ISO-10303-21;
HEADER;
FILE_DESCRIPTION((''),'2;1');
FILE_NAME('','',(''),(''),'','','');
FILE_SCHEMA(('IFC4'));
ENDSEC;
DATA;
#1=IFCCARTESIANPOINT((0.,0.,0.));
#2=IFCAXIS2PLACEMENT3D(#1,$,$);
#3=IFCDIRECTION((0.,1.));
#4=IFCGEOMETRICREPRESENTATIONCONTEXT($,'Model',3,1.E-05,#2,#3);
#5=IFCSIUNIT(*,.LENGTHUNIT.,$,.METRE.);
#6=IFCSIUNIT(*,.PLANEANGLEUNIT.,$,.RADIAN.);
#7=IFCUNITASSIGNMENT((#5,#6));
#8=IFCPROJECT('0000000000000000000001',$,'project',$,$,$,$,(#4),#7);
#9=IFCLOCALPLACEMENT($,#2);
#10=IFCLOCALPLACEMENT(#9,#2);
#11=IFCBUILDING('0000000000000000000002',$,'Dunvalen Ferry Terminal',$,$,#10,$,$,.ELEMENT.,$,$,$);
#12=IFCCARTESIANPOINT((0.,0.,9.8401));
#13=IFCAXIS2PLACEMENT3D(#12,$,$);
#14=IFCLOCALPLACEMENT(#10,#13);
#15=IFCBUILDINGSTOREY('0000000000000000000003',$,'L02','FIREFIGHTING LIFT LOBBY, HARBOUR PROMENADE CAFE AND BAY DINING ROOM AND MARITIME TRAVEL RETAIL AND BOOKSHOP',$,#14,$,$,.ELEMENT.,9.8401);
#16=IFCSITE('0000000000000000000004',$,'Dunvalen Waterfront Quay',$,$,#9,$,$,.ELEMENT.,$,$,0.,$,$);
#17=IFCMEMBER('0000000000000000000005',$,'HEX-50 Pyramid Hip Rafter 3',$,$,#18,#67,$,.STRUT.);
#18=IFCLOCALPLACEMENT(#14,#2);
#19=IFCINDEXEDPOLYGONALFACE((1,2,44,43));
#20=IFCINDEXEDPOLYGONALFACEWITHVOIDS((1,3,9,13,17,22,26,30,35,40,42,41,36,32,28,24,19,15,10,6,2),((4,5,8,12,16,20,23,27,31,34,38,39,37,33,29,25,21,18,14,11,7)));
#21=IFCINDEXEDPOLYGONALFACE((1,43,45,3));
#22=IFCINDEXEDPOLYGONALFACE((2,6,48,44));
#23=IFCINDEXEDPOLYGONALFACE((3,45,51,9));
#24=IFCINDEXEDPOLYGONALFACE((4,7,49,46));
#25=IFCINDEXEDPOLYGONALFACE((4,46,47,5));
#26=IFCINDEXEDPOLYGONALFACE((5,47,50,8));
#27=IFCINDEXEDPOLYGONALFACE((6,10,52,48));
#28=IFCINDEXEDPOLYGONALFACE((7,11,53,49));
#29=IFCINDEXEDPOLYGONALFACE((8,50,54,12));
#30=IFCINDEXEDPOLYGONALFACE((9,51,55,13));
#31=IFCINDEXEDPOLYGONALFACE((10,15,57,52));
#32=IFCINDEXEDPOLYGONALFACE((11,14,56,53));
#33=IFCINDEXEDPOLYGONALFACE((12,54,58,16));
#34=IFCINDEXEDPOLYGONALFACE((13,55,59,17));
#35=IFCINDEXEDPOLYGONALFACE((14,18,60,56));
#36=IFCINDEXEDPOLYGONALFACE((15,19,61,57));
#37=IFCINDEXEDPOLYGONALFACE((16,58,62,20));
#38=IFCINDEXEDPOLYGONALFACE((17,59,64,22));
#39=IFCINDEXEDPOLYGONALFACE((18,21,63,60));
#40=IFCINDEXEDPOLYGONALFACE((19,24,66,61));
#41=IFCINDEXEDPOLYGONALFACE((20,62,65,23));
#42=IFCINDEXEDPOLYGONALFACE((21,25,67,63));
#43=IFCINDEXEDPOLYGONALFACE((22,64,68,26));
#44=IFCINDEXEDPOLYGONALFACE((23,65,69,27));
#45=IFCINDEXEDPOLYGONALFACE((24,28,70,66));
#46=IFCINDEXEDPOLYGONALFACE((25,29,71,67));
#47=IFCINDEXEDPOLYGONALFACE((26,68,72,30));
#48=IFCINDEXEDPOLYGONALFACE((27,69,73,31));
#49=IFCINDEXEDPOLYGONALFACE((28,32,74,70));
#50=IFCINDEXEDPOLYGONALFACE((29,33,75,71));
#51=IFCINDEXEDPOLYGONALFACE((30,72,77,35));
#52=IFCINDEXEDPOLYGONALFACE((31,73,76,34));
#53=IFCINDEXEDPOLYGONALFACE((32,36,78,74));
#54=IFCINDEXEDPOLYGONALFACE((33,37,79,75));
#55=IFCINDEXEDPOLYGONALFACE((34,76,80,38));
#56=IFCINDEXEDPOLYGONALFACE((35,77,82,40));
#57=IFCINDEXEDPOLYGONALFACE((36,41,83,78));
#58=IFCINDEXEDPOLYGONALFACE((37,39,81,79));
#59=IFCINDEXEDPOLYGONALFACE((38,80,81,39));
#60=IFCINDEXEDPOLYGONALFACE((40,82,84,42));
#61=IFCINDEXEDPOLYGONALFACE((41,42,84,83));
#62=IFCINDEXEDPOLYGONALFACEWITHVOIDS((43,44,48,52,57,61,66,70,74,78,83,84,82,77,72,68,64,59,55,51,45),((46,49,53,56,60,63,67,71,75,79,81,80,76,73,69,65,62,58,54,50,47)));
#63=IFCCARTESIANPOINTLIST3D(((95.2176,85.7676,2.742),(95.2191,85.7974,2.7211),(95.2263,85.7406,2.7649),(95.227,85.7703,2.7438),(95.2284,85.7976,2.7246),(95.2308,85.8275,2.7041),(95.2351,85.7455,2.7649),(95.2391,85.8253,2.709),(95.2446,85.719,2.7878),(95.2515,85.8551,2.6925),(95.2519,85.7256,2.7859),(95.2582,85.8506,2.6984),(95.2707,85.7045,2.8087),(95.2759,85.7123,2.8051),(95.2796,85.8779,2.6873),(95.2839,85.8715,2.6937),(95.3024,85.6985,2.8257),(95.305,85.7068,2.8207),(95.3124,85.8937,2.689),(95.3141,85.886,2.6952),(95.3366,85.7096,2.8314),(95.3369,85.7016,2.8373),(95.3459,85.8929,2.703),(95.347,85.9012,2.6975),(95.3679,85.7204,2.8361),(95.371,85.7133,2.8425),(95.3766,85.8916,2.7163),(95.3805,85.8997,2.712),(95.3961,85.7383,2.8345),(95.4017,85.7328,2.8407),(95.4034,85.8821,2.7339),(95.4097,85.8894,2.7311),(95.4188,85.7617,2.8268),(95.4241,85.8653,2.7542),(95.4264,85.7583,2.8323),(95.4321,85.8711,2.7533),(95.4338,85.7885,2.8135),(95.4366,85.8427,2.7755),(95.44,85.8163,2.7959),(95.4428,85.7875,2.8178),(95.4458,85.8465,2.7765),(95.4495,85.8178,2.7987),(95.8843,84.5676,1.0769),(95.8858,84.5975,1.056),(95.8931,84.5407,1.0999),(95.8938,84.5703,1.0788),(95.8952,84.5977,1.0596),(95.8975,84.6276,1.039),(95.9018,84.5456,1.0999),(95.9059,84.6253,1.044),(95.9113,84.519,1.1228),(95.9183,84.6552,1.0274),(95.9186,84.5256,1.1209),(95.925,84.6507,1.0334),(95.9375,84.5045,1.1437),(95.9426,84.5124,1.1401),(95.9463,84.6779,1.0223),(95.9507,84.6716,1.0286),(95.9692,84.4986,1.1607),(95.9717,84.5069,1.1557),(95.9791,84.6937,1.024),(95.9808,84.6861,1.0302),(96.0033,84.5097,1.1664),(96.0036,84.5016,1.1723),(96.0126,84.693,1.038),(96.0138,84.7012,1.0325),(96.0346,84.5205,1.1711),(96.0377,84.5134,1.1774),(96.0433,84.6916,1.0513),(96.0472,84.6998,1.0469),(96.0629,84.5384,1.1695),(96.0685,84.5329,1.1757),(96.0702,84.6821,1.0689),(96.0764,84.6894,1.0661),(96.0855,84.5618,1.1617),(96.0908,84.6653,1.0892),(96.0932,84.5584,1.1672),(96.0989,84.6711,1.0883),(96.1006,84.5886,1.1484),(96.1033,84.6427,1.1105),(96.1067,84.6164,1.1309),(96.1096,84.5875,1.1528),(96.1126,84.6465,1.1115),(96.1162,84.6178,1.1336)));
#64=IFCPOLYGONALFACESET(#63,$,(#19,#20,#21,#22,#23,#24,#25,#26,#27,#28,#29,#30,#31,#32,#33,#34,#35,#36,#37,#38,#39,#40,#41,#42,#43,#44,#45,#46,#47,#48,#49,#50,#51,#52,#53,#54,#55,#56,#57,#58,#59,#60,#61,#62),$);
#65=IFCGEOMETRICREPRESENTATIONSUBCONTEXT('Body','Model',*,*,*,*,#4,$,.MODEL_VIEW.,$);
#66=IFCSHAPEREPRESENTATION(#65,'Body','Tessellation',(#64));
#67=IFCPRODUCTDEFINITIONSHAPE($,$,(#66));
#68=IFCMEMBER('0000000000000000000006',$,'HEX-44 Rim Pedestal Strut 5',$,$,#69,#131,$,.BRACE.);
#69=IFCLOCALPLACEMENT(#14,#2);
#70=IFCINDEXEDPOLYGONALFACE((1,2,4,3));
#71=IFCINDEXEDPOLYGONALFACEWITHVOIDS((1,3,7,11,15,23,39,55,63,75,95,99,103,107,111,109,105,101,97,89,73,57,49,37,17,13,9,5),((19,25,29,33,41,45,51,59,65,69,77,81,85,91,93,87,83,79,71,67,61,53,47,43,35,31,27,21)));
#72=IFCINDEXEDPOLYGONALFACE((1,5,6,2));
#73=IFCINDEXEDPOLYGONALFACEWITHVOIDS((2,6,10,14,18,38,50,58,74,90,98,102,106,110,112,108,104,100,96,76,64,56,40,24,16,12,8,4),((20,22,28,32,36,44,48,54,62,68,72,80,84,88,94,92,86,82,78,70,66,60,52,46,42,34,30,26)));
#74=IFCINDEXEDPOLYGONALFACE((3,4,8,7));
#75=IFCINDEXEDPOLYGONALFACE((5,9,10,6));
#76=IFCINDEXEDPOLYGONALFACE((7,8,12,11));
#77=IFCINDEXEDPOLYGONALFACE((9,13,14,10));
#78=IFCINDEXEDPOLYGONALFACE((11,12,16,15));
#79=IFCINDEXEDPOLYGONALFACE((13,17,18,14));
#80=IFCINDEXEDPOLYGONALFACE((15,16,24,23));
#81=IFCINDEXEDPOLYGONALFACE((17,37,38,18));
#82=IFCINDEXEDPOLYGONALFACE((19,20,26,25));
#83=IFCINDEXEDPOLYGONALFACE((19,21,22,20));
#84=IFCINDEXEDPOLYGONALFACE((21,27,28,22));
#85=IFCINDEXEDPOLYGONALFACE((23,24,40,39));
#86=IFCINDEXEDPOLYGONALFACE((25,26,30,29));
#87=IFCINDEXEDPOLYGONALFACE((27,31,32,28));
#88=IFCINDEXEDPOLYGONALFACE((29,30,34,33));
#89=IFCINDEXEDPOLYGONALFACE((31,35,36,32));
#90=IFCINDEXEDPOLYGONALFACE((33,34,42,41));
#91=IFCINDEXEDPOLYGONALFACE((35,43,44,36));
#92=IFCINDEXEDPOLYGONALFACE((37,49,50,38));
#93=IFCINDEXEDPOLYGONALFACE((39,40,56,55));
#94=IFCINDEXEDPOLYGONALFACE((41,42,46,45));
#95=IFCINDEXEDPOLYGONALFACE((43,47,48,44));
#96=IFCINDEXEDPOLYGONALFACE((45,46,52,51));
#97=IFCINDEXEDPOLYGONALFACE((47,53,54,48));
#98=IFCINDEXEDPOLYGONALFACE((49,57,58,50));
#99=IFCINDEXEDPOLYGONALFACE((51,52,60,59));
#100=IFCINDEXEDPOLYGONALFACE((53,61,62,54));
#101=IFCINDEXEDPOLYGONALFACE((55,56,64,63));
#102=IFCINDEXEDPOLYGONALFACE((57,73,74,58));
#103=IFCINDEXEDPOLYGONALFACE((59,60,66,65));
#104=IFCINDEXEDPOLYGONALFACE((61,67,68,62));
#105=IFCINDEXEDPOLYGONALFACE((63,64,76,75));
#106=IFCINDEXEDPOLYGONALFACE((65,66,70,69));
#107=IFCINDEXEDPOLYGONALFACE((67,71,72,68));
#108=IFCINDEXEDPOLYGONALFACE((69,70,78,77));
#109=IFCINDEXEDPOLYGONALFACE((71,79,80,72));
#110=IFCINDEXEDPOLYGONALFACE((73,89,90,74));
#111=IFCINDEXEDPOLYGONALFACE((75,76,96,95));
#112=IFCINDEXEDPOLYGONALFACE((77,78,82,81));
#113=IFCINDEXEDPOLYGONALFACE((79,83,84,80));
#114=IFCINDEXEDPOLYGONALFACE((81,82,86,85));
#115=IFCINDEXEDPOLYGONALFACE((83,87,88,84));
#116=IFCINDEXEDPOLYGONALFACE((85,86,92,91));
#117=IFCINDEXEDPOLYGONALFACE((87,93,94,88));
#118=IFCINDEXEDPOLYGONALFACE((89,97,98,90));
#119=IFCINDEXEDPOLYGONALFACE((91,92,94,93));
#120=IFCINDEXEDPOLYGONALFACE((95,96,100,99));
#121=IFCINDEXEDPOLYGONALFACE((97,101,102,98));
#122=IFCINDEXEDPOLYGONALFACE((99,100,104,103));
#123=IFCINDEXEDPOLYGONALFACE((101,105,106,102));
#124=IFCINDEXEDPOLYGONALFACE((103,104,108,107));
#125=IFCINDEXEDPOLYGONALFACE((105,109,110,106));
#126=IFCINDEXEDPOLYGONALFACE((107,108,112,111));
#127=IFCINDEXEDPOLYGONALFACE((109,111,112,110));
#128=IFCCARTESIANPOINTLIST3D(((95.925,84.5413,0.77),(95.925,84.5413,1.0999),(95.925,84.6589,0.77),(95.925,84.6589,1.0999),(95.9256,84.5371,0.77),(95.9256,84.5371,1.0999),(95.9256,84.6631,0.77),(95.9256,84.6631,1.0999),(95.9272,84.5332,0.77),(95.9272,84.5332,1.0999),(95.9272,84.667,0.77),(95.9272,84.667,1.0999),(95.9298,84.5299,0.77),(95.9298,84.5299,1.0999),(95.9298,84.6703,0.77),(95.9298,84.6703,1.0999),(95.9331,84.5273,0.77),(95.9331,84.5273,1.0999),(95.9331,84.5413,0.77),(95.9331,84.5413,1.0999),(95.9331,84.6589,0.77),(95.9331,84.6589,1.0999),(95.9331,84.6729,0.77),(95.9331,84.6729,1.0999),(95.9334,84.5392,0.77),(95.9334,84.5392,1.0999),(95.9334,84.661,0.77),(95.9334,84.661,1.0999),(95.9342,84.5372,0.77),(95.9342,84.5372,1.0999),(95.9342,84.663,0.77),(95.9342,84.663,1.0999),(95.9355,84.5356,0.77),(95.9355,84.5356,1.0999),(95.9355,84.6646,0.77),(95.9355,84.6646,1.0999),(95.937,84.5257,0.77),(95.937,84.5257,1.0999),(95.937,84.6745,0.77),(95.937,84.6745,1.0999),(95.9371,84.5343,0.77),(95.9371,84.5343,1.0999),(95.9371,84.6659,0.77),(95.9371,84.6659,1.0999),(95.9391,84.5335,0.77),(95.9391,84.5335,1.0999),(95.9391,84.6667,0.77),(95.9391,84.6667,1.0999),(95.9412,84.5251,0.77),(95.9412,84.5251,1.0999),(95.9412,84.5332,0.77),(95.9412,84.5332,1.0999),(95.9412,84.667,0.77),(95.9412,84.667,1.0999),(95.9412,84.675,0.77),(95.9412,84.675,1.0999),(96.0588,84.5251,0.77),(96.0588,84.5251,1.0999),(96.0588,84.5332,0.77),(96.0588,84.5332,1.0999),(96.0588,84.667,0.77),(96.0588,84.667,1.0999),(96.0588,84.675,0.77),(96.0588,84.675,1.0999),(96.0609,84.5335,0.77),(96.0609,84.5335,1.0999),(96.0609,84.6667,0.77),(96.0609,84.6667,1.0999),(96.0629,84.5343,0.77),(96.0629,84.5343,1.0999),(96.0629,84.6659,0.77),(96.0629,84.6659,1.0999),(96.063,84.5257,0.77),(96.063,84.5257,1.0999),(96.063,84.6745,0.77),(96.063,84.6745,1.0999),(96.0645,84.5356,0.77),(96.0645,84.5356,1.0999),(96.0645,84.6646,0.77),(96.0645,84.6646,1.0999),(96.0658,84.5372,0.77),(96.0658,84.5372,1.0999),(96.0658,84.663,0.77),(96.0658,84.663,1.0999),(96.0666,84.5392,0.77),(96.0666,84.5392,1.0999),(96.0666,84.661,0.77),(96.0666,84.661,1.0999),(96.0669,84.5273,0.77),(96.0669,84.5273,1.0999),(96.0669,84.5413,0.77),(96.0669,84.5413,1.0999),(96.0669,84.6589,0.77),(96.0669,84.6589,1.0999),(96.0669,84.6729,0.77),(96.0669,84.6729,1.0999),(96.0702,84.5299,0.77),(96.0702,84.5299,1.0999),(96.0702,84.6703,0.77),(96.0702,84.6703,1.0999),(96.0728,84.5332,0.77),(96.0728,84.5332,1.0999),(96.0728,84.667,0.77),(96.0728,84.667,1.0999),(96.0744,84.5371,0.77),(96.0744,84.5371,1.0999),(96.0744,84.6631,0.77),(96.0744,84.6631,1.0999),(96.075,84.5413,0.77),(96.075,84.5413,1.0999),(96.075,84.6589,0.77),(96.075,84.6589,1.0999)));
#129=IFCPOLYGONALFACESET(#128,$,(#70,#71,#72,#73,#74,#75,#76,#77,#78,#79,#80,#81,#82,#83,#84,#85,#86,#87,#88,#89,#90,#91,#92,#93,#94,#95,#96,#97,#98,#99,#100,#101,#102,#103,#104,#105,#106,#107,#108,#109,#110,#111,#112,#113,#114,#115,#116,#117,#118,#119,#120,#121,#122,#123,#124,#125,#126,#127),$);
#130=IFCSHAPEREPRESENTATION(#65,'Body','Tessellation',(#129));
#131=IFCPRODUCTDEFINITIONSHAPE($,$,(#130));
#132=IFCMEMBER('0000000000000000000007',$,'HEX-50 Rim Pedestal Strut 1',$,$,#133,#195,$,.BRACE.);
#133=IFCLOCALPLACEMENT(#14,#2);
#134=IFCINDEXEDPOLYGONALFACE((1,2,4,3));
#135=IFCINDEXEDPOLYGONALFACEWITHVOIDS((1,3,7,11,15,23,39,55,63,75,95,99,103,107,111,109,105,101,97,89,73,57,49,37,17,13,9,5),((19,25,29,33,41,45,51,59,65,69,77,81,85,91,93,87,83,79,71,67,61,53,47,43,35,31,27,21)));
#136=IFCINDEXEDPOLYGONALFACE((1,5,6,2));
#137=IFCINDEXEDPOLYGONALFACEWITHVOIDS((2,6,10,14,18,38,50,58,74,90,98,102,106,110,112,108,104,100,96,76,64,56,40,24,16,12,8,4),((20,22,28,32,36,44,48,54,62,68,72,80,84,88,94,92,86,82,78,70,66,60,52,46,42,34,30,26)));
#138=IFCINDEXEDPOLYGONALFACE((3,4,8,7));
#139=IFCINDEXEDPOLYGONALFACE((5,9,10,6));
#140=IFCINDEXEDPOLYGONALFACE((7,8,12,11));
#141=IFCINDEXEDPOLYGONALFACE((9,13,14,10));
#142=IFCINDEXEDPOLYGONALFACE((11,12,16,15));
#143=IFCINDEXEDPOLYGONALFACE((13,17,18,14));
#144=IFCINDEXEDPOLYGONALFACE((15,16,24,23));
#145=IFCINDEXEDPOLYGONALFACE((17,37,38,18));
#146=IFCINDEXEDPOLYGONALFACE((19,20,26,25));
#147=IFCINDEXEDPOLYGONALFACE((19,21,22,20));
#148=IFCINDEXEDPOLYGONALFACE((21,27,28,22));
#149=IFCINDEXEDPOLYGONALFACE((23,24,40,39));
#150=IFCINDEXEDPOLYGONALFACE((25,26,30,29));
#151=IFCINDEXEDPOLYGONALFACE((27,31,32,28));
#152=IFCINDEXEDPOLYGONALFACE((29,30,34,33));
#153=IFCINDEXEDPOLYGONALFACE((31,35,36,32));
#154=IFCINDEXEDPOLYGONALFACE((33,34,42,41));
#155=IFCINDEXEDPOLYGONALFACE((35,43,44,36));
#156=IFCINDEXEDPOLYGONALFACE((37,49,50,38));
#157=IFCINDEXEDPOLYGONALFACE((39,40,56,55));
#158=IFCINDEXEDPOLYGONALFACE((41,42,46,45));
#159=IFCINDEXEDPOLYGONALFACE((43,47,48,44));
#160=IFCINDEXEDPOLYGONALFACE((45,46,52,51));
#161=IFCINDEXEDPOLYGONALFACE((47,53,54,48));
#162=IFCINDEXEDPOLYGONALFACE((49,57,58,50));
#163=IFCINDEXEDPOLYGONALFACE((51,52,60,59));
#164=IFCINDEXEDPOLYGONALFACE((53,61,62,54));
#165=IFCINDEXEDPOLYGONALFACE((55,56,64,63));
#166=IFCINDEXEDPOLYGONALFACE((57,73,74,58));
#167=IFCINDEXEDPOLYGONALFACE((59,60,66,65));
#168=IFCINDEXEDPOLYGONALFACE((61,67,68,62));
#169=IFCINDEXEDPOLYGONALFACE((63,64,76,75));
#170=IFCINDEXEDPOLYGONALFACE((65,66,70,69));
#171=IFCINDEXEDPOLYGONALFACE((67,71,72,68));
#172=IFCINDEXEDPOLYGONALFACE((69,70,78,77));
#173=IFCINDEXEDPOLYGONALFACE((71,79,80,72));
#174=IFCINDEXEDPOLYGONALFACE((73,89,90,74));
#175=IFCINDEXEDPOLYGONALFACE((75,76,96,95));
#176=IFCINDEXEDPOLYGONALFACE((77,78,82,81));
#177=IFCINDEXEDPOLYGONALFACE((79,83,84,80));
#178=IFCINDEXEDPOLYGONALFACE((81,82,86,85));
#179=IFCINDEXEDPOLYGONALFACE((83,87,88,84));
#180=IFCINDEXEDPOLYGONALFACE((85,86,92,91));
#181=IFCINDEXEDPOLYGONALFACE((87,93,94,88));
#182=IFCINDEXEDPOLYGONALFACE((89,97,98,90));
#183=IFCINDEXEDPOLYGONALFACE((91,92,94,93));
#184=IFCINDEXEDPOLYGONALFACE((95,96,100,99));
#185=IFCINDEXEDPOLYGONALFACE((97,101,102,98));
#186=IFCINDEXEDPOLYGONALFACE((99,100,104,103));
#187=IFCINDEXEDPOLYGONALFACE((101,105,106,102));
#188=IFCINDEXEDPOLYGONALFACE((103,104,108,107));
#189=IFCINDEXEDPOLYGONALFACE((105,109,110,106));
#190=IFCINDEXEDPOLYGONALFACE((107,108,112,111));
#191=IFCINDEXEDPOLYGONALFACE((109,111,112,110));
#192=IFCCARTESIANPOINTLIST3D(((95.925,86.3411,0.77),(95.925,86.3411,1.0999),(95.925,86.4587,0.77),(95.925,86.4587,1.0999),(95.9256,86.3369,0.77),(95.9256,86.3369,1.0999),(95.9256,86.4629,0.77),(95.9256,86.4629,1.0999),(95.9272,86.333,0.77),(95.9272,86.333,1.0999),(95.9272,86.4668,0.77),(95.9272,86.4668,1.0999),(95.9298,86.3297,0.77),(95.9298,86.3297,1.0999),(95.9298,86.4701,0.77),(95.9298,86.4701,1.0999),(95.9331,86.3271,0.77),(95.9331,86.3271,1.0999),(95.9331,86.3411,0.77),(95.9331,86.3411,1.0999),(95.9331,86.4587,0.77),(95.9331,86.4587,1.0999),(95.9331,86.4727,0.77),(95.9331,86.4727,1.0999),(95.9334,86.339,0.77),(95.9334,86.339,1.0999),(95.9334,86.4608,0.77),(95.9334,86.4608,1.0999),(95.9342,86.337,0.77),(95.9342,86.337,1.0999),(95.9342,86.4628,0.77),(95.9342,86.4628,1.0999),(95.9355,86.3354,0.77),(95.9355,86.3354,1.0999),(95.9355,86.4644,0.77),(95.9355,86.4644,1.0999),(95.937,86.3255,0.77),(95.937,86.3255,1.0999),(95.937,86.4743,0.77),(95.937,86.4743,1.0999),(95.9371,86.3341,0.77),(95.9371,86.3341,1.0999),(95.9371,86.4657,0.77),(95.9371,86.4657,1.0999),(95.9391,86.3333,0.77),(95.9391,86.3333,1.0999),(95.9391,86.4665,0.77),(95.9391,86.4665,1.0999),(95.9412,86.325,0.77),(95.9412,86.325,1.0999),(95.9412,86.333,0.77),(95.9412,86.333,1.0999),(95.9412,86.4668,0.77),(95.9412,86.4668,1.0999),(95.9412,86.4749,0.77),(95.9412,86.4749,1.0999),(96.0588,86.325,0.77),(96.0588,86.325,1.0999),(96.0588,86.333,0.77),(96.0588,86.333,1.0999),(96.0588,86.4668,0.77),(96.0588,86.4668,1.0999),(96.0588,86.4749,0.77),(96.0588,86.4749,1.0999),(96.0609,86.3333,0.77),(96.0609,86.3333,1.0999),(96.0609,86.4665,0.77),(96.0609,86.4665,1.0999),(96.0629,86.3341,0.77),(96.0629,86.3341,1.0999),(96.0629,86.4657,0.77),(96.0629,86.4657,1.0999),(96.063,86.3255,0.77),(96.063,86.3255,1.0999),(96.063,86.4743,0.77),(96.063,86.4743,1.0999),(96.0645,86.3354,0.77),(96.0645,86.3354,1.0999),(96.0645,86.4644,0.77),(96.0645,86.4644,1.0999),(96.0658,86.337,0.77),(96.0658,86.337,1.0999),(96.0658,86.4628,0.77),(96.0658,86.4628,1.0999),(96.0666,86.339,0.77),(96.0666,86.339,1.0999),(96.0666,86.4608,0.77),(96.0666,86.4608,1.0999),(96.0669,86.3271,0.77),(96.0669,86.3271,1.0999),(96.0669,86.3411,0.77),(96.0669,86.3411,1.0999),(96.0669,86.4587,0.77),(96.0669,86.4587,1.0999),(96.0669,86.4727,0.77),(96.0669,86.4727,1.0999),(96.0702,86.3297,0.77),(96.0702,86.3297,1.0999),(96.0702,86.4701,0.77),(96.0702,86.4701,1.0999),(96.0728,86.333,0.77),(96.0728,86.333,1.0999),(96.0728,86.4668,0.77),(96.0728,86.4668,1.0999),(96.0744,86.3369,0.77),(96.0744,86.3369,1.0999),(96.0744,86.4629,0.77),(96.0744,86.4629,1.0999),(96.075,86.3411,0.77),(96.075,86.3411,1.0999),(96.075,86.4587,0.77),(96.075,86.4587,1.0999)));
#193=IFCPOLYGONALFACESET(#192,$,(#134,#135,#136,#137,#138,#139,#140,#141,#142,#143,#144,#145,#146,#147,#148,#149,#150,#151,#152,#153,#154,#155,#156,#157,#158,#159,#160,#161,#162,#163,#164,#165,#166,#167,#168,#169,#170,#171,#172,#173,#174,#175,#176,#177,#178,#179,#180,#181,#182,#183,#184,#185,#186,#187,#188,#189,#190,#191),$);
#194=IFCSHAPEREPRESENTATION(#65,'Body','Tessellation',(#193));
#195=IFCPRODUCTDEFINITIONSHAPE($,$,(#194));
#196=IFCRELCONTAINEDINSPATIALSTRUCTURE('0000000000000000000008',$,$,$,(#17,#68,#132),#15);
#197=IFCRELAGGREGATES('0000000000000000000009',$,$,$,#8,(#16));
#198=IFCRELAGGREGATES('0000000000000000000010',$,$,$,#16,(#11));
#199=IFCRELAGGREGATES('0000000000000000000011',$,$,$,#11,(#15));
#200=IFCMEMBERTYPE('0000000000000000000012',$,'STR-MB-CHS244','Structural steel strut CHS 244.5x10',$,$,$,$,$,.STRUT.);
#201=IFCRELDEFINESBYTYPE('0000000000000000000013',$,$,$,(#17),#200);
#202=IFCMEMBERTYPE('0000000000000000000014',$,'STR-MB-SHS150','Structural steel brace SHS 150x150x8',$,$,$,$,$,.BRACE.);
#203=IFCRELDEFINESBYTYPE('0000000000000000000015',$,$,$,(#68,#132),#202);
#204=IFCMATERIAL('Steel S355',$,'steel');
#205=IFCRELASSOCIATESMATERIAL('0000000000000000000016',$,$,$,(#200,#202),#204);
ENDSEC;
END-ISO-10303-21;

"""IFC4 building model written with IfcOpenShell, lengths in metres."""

from ifc_helpers import new_model, si_unit, direction, frame, origin, origin_2d, place, context, subcontext, project, spatial, hollow_rectangle, hollow_circle, extrude, material, material_profile, profile_set, type_object, element, save


model = new_model("IFC4")

# Units and contexts
model_context = context("Model", 3, precision=1e-05, world=origin(), true_north=direction((0.0, 1.0)))
body_context = subcontext(model_context, "Body", "Model", "MODEL_VIEW")
ifc_project = project(units=[si_unit("LENGTHUNIT", "METRE"), si_unit("PLANEANGLEUNIT", "RADIAN")], contexts=[model_context])

# Site, building, storey
site_placement = place(None, origin())
site = spatial("IfcSite", under=ifc_project, at=site_placement, Name="Dunvalen Waterfront Quay", CompositionType="ELEMENT", RefElevation=0.0)
building_placement = place(site_placement, origin())
building = spatial("IfcBuilding", under=site, at=building_placement, Name="Dunvalen Ferry Terminal", CompositionType="ELEMENT")
storey_placement = place(building_placement, frame((0.0, 0.0, 9.8401)))
storey = spatial("IfcBuildingStorey", under=building, at=storey_placement, Name="L02", Description="FIREFIGHTING LIFT LOBBY, HARBOUR PROMENADE CAFE AND BAY DINING ROOM AND MARITIME TRAVEL RETAIL AND BOOKSHOP", CompositionType="ELEMENT", Elevation=9.8401)

# Shared definitions
ifc_material_1 = material(Name="Steel S355", Category="steel")

# Members
ifc_material_profile_1 = material_profile(ifc_material_1, hollow_circle(Radius=0.1223, WallThickness=0.01, at=origin_2d()), Name="Steel S355")
ifc_profile_set_1 = profile_set([ifc_material_profile_1], Name="Steel S355")
member_type_1 = type_object("IfcMemberType", Name="STR-MB-CHS244", Description="Structural steel strut CHS 244.5x10", PredefinedType="STRUT", material=ifc_profile_set_1)
member_1_placement = place(storey_placement, frame((96.0, 84.6001, 1.0999), z_axis=(-0.308971, 0.556058, 0.77158), x_axis=(-0.874124, -0.485703, 0.0)))
element("IfcMember", 1, at=member_1_placement, inside=storey, type_object=member_type_1, Name="HEX-50 Pyramid Hip Rafter 3", PredefinedType="STRUT", context=body_context, shape_type="SweptSolid", body=[
    extrude(hollow_circle(Radius=0.1223, WallThickness=0.01, at=origin_2d()), origin(), (0.0, 0.0, 1.0), 2.158),
])
ifc_material_profile_2 = material_profile(ifc_material_1, hollow_rectangle(XDim=0.1499, YDim=0.1499, WallThickness=0.0081, InnerFilletRadius=0.0081, OuterFilletRadius=0.0161, at=origin_2d()), Name="Steel S355")
ifc_profile_set_2 = profile_set([ifc_material_profile_2], Name="Steel S355")
member_type_2 = type_object("IfcMemberType", Name="STR-MB-SHS150", Description="Structural steel brace SHS 150x150x8", PredefinedType="BRACE", material=ifc_profile_set_2)
for number, where, z_axis, x_axis, name in (
    (2, (96.0, 84.6001, 0.77), (0.0, 0.0, 1.0), (1.0, 0.0, 0.0), "HEX-44 Rim Pedestal Strut 5"),
    (3, (96.0, 86.3999, 0.77), (0.0, 0.0, 1.0), (1.0, 0.0, 0.0), "HEX-50 Rim Pedestal Strut 1"),
):
    element("IfcMember", number, at=place(storey_placement, frame(where, z_axis=z_axis, x_axis=x_axis)), inside=storey, type_object=member_type_2, Name=name, PredefinedType="BRACE", context=body_context, shape_type="SweptSolid", body=[
        extrude(hollow_rectangle(XDim=0.1499, YDim=0.1499, WallThickness=0.0081, InnerFilletRadius=0.0081, OuterFilletRadius=0.0161, at=origin_2d()), origin(), (0.0, 0.0, 1.0), 0.3298),
    ])

save(model, "model.ifc")
